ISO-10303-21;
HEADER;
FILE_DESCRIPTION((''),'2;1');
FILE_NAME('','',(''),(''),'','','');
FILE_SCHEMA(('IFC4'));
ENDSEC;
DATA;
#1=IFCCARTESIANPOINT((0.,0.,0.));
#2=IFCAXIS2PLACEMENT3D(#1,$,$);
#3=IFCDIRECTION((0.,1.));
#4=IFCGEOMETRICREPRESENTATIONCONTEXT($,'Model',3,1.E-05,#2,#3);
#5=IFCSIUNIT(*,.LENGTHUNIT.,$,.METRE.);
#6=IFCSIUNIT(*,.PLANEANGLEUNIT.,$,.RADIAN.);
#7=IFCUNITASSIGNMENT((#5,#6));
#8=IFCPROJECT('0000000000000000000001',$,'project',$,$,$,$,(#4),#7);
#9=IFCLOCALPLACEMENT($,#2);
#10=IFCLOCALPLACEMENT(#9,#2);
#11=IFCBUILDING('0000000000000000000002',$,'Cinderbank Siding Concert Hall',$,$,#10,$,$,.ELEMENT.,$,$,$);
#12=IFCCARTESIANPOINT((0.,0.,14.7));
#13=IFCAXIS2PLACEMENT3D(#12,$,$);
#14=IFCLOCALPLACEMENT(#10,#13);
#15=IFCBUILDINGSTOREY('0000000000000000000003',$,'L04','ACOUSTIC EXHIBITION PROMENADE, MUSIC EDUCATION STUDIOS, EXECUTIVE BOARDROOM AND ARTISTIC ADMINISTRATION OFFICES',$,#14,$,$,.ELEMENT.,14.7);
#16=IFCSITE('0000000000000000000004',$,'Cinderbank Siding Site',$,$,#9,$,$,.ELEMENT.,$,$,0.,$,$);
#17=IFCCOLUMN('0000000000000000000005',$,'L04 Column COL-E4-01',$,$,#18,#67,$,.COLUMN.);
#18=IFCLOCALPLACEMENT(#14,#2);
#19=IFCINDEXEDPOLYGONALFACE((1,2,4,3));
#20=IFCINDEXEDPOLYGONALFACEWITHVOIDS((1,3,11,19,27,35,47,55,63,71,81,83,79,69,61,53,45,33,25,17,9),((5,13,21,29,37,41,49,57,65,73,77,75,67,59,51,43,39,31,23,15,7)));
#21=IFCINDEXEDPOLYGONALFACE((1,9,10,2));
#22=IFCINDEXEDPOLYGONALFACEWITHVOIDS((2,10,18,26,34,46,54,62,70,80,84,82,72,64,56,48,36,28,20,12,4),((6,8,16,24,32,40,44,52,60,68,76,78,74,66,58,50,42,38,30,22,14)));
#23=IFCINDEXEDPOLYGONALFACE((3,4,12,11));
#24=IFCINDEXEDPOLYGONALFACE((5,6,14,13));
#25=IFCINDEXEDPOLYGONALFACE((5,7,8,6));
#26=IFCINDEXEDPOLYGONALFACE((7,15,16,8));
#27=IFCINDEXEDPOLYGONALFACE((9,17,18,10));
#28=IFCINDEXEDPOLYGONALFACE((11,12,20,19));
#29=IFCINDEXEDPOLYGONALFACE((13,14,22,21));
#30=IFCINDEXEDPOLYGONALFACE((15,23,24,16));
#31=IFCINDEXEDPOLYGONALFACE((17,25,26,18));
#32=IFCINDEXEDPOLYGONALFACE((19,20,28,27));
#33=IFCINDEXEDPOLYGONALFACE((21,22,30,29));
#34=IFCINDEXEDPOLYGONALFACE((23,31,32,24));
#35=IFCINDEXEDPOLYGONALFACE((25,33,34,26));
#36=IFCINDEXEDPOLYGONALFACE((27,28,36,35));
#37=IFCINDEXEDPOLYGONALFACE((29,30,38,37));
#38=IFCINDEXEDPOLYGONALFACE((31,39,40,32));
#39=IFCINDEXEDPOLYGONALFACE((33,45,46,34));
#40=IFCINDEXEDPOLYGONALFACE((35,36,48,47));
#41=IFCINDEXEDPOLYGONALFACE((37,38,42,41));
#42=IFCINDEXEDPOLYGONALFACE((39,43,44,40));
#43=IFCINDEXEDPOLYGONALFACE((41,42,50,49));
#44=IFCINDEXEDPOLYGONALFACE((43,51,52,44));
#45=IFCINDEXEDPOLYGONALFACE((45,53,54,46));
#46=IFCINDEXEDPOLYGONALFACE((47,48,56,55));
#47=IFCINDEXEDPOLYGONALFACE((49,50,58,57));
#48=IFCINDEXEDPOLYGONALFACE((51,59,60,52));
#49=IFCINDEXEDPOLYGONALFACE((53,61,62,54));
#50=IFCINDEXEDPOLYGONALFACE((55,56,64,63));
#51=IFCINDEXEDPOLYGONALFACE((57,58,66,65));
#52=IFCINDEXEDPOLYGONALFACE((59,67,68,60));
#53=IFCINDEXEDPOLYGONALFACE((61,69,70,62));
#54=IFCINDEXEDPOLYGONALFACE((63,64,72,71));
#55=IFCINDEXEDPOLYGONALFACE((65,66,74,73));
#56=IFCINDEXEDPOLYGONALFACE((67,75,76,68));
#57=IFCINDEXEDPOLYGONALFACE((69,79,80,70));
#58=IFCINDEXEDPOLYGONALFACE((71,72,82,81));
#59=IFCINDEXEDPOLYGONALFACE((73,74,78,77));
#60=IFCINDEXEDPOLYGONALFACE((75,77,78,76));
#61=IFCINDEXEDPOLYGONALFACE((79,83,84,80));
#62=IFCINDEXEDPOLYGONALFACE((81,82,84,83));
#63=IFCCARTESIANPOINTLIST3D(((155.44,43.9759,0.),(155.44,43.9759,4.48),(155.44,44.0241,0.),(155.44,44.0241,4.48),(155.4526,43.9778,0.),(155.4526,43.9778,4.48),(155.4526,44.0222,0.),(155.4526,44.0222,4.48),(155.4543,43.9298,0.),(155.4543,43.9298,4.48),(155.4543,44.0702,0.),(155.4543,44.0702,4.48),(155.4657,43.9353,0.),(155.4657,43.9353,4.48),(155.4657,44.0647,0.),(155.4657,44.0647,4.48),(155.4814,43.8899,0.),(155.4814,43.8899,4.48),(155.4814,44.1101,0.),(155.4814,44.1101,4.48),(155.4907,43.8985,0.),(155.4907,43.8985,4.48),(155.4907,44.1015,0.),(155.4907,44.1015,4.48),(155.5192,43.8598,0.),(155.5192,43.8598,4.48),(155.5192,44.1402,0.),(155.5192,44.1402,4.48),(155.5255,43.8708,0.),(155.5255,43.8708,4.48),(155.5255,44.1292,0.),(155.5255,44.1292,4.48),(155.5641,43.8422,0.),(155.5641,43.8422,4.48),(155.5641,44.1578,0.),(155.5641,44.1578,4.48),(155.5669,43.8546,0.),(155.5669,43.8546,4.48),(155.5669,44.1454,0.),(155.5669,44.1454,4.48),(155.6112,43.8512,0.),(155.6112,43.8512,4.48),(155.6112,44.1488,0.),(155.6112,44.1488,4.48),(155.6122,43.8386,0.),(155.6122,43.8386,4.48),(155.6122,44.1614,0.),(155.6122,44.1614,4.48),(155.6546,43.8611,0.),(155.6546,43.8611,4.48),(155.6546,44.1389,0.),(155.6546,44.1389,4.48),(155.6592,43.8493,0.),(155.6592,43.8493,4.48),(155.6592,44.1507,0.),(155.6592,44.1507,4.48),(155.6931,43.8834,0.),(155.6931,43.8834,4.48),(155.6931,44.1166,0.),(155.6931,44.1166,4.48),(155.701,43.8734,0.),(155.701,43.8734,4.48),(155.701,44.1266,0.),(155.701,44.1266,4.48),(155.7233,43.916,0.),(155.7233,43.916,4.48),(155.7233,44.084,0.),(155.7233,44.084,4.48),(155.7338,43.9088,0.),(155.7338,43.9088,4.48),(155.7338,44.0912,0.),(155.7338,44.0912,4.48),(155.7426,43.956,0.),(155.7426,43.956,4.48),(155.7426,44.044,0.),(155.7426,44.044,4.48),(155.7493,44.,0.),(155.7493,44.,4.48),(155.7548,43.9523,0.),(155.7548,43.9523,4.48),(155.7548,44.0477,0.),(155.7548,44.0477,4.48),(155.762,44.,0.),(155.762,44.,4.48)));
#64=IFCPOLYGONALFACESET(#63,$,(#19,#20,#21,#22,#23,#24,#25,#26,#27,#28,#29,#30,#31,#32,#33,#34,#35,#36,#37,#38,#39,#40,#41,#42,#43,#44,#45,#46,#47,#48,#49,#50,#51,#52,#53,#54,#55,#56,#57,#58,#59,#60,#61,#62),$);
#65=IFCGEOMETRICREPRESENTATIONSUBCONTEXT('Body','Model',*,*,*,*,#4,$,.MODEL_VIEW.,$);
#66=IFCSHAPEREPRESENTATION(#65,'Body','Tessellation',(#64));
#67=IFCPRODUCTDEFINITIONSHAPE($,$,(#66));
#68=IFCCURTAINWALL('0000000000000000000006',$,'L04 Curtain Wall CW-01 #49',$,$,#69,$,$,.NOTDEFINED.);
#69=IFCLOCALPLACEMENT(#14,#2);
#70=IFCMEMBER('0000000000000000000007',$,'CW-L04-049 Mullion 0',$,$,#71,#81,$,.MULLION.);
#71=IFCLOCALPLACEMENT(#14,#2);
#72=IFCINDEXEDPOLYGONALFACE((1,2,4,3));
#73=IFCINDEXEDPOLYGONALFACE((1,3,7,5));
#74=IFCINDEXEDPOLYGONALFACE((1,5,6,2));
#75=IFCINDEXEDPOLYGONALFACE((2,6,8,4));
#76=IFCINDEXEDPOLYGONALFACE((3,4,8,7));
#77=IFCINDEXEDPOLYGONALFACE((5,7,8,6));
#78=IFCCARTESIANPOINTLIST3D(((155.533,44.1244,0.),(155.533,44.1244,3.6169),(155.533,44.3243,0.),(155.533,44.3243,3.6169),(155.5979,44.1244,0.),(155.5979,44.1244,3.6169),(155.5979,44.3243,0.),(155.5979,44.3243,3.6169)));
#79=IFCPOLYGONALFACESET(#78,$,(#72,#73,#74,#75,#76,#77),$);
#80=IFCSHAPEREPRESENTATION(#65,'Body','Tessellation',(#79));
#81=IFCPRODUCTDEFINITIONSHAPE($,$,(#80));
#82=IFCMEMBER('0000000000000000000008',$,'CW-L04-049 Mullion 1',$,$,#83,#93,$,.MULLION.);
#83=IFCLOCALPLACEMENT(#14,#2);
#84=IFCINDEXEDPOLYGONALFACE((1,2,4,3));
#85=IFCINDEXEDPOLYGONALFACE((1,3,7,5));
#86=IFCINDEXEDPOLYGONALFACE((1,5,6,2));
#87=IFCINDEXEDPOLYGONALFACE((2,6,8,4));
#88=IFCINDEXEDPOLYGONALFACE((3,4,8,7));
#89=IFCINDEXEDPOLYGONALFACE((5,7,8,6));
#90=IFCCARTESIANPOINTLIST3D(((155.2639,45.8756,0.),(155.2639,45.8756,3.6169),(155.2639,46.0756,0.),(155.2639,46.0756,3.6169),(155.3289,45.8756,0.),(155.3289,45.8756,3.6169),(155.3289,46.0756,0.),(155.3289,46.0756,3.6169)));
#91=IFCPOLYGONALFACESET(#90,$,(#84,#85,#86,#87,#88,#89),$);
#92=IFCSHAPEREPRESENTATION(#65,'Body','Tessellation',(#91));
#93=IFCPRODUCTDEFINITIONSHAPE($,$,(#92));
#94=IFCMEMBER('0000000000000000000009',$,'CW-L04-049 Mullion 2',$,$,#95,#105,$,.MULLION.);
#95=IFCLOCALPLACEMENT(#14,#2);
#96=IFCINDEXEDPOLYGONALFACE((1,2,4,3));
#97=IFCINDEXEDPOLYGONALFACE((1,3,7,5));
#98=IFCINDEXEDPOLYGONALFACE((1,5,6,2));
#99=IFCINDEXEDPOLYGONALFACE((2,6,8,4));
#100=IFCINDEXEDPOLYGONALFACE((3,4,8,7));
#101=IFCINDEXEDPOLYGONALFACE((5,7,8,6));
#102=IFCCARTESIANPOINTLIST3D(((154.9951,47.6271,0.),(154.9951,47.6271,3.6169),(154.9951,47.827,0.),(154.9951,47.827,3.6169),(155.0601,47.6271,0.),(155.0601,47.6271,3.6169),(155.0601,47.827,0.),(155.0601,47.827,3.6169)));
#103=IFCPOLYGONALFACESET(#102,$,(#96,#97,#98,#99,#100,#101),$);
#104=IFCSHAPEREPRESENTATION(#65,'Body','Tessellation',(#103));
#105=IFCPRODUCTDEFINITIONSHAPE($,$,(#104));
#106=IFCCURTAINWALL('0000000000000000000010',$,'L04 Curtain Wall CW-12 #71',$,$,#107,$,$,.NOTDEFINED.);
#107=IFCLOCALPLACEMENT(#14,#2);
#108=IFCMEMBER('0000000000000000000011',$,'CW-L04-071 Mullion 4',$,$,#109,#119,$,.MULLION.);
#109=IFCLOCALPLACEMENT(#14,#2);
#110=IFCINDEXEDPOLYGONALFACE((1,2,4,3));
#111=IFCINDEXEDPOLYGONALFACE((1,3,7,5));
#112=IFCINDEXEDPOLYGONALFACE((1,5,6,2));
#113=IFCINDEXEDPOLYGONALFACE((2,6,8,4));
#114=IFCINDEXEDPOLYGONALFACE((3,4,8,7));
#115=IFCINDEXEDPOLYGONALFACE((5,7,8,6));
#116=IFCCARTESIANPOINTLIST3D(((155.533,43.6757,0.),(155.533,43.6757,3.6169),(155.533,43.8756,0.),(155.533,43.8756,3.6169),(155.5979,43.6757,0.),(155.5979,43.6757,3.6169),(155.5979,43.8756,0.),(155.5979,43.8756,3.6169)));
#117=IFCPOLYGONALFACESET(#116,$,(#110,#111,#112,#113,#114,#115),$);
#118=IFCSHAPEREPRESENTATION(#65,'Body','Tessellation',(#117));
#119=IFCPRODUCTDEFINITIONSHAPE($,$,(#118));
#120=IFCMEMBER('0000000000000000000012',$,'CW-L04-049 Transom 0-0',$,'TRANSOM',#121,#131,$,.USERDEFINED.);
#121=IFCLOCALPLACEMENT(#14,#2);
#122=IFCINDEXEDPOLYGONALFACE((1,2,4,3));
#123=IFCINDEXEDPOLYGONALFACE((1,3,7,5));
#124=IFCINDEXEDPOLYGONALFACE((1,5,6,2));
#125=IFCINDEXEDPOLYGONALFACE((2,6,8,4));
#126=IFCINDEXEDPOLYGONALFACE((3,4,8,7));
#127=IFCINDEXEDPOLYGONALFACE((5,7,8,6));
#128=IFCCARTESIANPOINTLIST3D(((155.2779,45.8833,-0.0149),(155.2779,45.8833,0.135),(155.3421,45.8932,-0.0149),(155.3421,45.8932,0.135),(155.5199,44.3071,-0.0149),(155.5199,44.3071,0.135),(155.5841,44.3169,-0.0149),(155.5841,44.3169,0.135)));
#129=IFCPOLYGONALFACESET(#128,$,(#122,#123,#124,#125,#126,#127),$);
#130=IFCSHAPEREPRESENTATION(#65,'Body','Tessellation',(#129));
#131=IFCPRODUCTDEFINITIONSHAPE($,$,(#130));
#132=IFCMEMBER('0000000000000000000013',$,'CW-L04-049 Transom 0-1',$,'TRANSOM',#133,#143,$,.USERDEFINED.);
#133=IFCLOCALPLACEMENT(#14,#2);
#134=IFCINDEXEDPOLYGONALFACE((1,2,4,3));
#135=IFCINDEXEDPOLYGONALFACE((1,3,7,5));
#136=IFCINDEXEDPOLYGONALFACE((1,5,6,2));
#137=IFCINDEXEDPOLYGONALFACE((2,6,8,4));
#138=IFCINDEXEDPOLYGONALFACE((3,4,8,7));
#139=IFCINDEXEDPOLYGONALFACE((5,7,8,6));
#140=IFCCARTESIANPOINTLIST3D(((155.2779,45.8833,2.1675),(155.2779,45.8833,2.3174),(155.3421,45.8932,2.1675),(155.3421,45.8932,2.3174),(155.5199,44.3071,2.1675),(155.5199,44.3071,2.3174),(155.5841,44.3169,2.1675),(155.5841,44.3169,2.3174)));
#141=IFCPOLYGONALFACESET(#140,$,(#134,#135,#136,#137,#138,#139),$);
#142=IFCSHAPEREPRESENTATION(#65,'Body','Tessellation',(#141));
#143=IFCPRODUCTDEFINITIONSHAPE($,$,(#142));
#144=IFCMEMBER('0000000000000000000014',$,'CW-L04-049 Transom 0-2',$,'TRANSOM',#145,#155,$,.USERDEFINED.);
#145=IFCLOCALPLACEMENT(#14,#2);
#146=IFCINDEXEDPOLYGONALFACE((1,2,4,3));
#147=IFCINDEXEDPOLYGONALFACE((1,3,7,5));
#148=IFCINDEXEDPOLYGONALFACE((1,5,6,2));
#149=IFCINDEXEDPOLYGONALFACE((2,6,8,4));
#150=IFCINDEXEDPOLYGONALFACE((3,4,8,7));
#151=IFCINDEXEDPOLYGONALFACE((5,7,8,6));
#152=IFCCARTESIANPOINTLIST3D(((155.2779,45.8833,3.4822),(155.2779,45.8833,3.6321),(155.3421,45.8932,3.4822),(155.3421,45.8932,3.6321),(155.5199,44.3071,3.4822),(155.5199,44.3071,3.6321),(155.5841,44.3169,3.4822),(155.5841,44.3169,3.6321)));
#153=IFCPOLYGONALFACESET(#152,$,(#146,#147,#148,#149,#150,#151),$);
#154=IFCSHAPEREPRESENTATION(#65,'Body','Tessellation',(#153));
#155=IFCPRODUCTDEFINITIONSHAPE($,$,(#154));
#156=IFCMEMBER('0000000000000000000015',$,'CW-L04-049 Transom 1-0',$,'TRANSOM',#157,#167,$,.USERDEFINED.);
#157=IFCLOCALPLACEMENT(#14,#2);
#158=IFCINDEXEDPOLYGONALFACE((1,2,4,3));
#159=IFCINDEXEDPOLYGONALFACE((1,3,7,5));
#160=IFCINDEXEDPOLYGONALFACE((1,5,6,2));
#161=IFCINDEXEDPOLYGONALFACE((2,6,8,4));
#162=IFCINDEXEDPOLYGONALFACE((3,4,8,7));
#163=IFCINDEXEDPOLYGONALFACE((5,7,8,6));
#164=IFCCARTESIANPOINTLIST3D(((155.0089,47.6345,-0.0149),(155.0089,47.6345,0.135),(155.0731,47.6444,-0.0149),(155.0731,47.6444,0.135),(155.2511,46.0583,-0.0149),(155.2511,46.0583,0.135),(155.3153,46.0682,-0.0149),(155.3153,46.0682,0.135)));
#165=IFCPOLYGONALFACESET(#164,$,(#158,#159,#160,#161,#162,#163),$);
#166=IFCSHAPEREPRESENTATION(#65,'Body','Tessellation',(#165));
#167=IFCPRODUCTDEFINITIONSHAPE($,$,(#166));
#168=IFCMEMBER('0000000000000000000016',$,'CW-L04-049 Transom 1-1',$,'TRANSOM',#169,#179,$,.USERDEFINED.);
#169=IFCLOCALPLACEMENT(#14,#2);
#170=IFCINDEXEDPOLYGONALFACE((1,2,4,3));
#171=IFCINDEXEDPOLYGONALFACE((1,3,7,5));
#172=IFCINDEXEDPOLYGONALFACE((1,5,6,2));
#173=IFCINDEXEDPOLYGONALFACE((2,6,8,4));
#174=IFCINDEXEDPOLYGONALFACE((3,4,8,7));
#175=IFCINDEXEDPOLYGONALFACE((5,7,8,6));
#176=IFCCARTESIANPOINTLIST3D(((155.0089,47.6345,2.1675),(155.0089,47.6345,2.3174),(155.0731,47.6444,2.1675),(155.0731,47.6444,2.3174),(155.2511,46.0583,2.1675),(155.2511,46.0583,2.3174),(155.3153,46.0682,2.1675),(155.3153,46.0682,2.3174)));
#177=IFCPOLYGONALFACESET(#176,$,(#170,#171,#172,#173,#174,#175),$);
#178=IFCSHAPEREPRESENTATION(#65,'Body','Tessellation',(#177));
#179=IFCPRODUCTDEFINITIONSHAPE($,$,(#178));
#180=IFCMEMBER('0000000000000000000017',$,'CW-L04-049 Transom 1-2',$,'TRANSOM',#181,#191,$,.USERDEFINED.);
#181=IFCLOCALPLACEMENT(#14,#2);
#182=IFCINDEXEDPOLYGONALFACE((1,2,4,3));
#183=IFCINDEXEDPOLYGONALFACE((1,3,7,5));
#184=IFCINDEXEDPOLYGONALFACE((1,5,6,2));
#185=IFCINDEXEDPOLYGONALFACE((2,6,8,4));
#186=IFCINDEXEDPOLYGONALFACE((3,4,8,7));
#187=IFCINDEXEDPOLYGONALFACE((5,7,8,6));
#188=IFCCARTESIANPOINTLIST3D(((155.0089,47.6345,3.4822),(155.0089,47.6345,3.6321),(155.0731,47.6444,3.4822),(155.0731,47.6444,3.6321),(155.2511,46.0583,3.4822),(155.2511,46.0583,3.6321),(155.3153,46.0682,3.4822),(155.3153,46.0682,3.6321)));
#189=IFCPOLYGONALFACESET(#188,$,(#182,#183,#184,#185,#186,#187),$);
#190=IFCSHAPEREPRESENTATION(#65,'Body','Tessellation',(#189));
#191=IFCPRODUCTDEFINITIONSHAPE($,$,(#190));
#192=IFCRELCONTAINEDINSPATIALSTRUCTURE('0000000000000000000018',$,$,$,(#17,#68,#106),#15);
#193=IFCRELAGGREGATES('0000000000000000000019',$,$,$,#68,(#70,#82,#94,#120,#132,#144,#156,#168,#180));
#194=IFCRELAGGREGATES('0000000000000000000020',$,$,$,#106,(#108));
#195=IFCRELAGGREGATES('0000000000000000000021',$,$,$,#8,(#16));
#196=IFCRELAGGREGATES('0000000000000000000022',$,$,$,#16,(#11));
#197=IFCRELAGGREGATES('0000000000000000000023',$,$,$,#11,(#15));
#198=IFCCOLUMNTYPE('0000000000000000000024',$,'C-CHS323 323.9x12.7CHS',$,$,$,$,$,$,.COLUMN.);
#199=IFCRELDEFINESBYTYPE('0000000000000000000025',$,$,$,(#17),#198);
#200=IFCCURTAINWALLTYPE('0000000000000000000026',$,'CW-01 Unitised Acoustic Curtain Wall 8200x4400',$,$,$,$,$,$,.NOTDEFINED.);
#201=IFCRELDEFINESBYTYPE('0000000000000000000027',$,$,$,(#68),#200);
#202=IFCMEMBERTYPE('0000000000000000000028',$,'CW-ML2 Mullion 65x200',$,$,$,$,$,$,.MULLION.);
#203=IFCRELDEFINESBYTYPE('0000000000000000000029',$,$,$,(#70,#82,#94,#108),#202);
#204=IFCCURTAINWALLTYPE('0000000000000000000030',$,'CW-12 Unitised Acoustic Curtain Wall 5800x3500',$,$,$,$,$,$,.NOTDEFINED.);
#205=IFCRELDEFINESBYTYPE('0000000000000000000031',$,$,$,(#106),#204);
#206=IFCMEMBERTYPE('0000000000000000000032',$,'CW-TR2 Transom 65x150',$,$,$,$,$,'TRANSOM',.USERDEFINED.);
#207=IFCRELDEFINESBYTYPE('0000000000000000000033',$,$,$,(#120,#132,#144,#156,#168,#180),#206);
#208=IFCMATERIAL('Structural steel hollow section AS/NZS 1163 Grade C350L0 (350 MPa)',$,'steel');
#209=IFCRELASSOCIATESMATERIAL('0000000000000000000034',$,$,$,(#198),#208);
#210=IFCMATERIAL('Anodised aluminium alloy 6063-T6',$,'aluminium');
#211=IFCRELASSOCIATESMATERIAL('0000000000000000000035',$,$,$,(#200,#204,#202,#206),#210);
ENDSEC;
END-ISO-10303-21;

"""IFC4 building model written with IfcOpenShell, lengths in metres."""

from ifc_helpers import new_model, si_unit, direction, frame, origin, origin_2d, place, context, subcontext, project, spatial, rectangle, hollow_circle, extrude, material, material_profile, profile_set, type_object, element, aggregate, save


model = new_model("IFC4")

# Units and contexts
model_context = context("Model", 3, precision=1e-05, world=origin(), true_north=direction((0.0, 1.0)))
body_context = subcontext(model_context, "Body", "Model", "MODEL_VIEW")
ifc_project = project(units=[si_unit("LENGTHUNIT", "METRE"), si_unit("PLANEANGLEUNIT", "RADIAN")], contexts=[model_context])

# Site, building, storey
site_placement = place(None, origin())
site = spatial("IfcSite", under=ifc_project, at=site_placement, Name="Cinderbank Siding Site", CompositionType="ELEMENT", RefElevation=0.0)
building_placement = place(site_placement, origin())
building = spatial("IfcBuilding", under=site, at=building_placement, Name="Cinderbank Siding Concert Hall", CompositionType="ELEMENT")
storey_placement = place(building_placement, frame((0.0, 0.0, 14.7)))
storey = spatial("IfcBuildingStorey", under=building, at=storey_placement, Name="L04", Description="ACOUSTIC EXHIBITION PROMENADE, MUSIC EDUCATION STUDIOS, EXECUTIVE BOARDROOM AND ARTISTIC ADMINISTRATION OFFICES", CompositionType="ELEMENT", Elevation=14.7)

# Column
ifc_material_1 = material(Name="Structural steel hollow section AS/NZS 1163 Grade C350L0 (350 MPa)", Category="steel")
ifc_material_profile_1 = material_profile(ifc_material_1, hollow_circle(Radius=0.1619, WallThickness=0.0127, at=origin_2d()), Name="323.9x12.7CHS", Category="LoadBearing")
ifc_profile_set_1 = profile_set([ifc_material_profile_1], Name="Structural steel hollow section AS/NZS 1163 Grade C350L0 (350 MPa)")
column_type = type_object("IfcColumnType", Name="C-CHS323 323.9x12.7CHS", PredefinedType="COLUMN", material=ifc_profile_set_1)
column_placement = place(storey_placement, frame((155.6001, 44.0, 0.0), z_axis=(0.0, 0.0, 1.0), x_axis=(1.0, 0.0, 0.0)))
element("IfcColumn", 1, at=column_placement, inside=storey, type_object=column_type, Name="L04 Column COL-E4-01", PredefinedType="COLUMN", context=body_context, shape_type="SweptSolid", body=[
    extrude(hollow_circle(Radius=0.1619, WallThickness=0.0127, at=origin_2d()), origin(), (0.0, 0.0, 1.0), 4.48),
])

# Curtain wall, members
ifc_material_2 = material(Name="Anodised aluminium alloy 6063-T6", Category="aluminium")
curtain_wall_type_1 = type_object("IfcCurtainWallType", Name="CW-01 Unitised Acoustic Curtain Wall 8200x4400", PredefinedType="NOTDEFINED", material=ifc_material_2)
curtain_wall_1_placement = place(storey_placement, origin())
curtain_wall_1 = element("IfcCurtainWall", 2, at=curtain_wall_1_placement, inside=storey, type_object=curtain_wall_type_1, Name="L04 Curtain Wall CW-01 #49", PredefinedType="NOTDEFINED")
ifc_material_profile_2 = material_profile(ifc_material_2, rectangle(XDim=0.0649, YDim=0.2, at=origin_2d()), Name="ALU-MULL-65x200", Category="LoadBearing")
ifc_profile_set_2 = profile_set([ifc_material_profile_2], Name="Anodised aluminium alloy 6063-T6")
member_type_1 = type_object("IfcMemberType", Name="CW-ML2 Mullion 65x200", PredefinedType="MULLION", material=ifc_profile_set_2)
member_1_placement = place(storey_placement, frame((155.5654, 44.2244, 0.0), z_axis=(0.0, 0.0, 1.0), x_axis=(1.0, 0.0, 0.0)))
member_1 = element("IfcMember", 3, at=member_1_placement, type_object=member_type_1, Name="CW-L04-049 Mullion 0", PredefinedType="MULLION", context=body_context, shape_type="SweptSolid", body=[
    extrude(rectangle(XDim=0.0649, YDim=0.2, at=origin_2d()), origin(), (0.0, 0.0, 1.0), 3.6169),
])
member_2_placement = place(storey_placement, frame((155.2964, 45.9756, 0.0), z_axis=(0.0, 0.0, 1.0), x_axis=(1.0, 0.0, 0.0)))
member_2 = element("IfcMember", 4, at=member_2_placement, type_object=member_type_1, Name="CW-L04-049 Mullion 1", PredefinedType="MULLION", context=body_context, shape_type="SweptSolid", body=[
    extrude(rectangle(XDim=0.0649, YDim=0.2, at=origin_2d()), origin(), (0.0, 0.0, 1.0), 3.6169),
])
member_3_placement = place(storey_placement, frame((155.0276, 47.7271, 0.0), z_axis=(0.0, 0.0, 1.0), x_axis=(1.0, 0.0, 0.0)))
member_3 = element("IfcMember", 5, at=member_3_placement, type_object=member_type_1, Name="CW-L04-049 Mullion 2", PredefinedType="MULLION", context=body_context, shape_type="SweptSolid", body=[
    extrude(rectangle(XDim=0.0649, YDim=0.2, at=origin_2d()), origin(), (0.0, 0.0, 1.0), 3.6169),
])

# Curtain wall, member
curtain_wall_type_2 = type_object("IfcCurtainWallType", Name="CW-12 Unitised Acoustic Curtain Wall 5800x3500", PredefinedType="NOTDEFINED", material=ifc_material_2)
curtain_wall_2_placement = place(storey_placement, origin())
curtain_wall_2 = element("IfcCurtainWall", 6, at=curtain_wall_2_placement, inside=storey, type_object=curtain_wall_type_2, Name="L04 Curtain Wall CW-12 #71", PredefinedType="NOTDEFINED")
member_4_placement = place(storey_placement, frame((155.5654, 43.7756, 0.0), z_axis=(0.0, 0.0, 1.0), x_axis=(1.0, 0.0, 0.0)))
member_4 = element("IfcMember", 7, at=member_4_placement, type_object=member_type_1, Name="CW-L04-071 Mullion 4", PredefinedType="MULLION", context=body_context, shape_type="SweptSolid", body=[
    extrude(rectangle(XDim=0.0649, YDim=0.2, at=origin_2d()), origin(), (0.0, 0.0, 1.0), 3.6169),
])

# Members
ifc_material_profile_3 = material_profile(ifc_material_2, rectangle(XDim=0.0649, YDim=0.1499, at=origin_2d()), Name="ALU-TRAN-65x150", Category="LoadBearing")
ifc_profile_set_3 = profile_set([ifc_material_profile_3], Name="Anodised aluminium alloy 6063-T6")
member_type_2 = type_object("IfcMemberType", Name="CW-TR2 Transom 65x150", ElementType="TRANSOM", PredefinedType="USERDEFINED", material=ifc_profile_set_3)
member_5_placement = place(storey_placement, frame((155.552, 44.312, 0.0601), z_axis=(-0.151724, 0.988423, 0.0), x_axis=(-0.988423, -0.151724, 0.0)))
member_5 = element("IfcMember", 8, at=member_5_placement, type_object=member_type_2, Name="CW-L04-049 Transom 0-0", ObjectType="TRANSOM", PredefinedType="USERDEFINED", context=body_context, shape_type="SweptSolid", body=[
    extrude(rectangle(XDim=0.0649, YDim=0.1499, at=origin_2d()), origin(), (0.0, 0.0, 1.0), 1.5947),
])
member_6_placement = place(storey_placement, frame((155.552, 44.312, 2.2424), z_axis=(-0.151724, 0.988423, 0.0), x_axis=(-0.988423, -0.151724, 0.0)))
member_6 = element("IfcMember", 9, at=member_6_placement, type_object=member_type_2, Name="CW-L04-049 Transom 0-1", ObjectType="TRANSOM", PredefinedType="USERDEFINED", context=body_context, shape_type="SweptSolid", body=[
    extrude(rectangle(XDim=0.0649, YDim=0.1499, at=origin_2d()), origin(), (0.0, 0.0, 1.0), 1.5947),
])
member_7_placement = place(storey_placement, frame((155.552, 44.312, 3.5571), z_axis=(-0.151724, 0.988423, 0.0), x_axis=(-0.988423, -0.151724, 0.0)))
member_7 = element("IfcMember", 10, at=member_7_placement, type_object=member_type_2, Name="CW-L04-049 Transom 0-2", ObjectType="TRANSOM", PredefinedType="USERDEFINED", context=body_context, shape_type="SweptSolid", body=[
    extrude(rectangle(XDim=0.0649, YDim=0.1499, at=origin_2d()), origin(), (0.0, 0.0, 1.0), 1.5947),
])
member_8_placement = place(storey_placement, frame((155.2832, 46.0632, 0.0601), z_axis=(-0.151873, 0.9884, 0.0), x_axis=(-0.9884, -0.151873, 0.0)))
member_8 = element("IfcMember", 11, at=member_8_placement, type_object=member_type_2, Name="CW-L04-049 Transom 1-0", ObjectType="TRANSOM", PredefinedType="USERDEFINED", context=body_context, shape_type="SweptSolid", body=[
    extrude(rectangle(XDim=0.0649, YDim=0.1499, at=origin_2d()), origin(), (0.0, 0.0, 1.0), 1.5947),
])
member_9_placement = place(storey_placement, frame((155.2832, 46.0632, 2.2424), z_axis=(-0.151873, 0.9884, 0.0), x_axis=(-0.9884, -0.151873, 0.0)))
member_9 = element("IfcMember", 12, at=member_9_placement, type_object=member_type_2, Name="CW-L04-049 Transom 1-1", ObjectType="TRANSOM", PredefinedType="USERDEFINED", context=body_context, shape_type="SweptSolid", body=[
    extrude(rectangle(XDim=0.0649, YDim=0.1499, at=origin_2d()), origin(), (0.0, 0.0, 1.0), 1.5947),
])
member_10_placement = place(storey_placement, frame((155.2832, 46.0632, 3.5571), z_axis=(-0.151873, 0.9884, 0.0), x_axis=(-0.9884, -0.151873, 0.0)))
member_10 = element("IfcMember", 13, at=member_10_placement, type_object=member_type_2, Name="CW-L04-049 Transom 1-2", ObjectType="TRANSOM", PredefinedType="USERDEFINED", context=body_context, shape_type="SweptSolid", body=[
    extrude(rectangle(XDim=0.0649, YDim=0.1499, at=origin_2d()), origin(), (0.0, 0.0, 1.0), 1.5947),
])

aggregate(curtain_wall_1, [member_1, member_2, member_3, member_5, member_6, member_7, member_8, member_9, member_10])
aggregate(curtain_wall_2, [member_4])

save(model, "model.ifc")
